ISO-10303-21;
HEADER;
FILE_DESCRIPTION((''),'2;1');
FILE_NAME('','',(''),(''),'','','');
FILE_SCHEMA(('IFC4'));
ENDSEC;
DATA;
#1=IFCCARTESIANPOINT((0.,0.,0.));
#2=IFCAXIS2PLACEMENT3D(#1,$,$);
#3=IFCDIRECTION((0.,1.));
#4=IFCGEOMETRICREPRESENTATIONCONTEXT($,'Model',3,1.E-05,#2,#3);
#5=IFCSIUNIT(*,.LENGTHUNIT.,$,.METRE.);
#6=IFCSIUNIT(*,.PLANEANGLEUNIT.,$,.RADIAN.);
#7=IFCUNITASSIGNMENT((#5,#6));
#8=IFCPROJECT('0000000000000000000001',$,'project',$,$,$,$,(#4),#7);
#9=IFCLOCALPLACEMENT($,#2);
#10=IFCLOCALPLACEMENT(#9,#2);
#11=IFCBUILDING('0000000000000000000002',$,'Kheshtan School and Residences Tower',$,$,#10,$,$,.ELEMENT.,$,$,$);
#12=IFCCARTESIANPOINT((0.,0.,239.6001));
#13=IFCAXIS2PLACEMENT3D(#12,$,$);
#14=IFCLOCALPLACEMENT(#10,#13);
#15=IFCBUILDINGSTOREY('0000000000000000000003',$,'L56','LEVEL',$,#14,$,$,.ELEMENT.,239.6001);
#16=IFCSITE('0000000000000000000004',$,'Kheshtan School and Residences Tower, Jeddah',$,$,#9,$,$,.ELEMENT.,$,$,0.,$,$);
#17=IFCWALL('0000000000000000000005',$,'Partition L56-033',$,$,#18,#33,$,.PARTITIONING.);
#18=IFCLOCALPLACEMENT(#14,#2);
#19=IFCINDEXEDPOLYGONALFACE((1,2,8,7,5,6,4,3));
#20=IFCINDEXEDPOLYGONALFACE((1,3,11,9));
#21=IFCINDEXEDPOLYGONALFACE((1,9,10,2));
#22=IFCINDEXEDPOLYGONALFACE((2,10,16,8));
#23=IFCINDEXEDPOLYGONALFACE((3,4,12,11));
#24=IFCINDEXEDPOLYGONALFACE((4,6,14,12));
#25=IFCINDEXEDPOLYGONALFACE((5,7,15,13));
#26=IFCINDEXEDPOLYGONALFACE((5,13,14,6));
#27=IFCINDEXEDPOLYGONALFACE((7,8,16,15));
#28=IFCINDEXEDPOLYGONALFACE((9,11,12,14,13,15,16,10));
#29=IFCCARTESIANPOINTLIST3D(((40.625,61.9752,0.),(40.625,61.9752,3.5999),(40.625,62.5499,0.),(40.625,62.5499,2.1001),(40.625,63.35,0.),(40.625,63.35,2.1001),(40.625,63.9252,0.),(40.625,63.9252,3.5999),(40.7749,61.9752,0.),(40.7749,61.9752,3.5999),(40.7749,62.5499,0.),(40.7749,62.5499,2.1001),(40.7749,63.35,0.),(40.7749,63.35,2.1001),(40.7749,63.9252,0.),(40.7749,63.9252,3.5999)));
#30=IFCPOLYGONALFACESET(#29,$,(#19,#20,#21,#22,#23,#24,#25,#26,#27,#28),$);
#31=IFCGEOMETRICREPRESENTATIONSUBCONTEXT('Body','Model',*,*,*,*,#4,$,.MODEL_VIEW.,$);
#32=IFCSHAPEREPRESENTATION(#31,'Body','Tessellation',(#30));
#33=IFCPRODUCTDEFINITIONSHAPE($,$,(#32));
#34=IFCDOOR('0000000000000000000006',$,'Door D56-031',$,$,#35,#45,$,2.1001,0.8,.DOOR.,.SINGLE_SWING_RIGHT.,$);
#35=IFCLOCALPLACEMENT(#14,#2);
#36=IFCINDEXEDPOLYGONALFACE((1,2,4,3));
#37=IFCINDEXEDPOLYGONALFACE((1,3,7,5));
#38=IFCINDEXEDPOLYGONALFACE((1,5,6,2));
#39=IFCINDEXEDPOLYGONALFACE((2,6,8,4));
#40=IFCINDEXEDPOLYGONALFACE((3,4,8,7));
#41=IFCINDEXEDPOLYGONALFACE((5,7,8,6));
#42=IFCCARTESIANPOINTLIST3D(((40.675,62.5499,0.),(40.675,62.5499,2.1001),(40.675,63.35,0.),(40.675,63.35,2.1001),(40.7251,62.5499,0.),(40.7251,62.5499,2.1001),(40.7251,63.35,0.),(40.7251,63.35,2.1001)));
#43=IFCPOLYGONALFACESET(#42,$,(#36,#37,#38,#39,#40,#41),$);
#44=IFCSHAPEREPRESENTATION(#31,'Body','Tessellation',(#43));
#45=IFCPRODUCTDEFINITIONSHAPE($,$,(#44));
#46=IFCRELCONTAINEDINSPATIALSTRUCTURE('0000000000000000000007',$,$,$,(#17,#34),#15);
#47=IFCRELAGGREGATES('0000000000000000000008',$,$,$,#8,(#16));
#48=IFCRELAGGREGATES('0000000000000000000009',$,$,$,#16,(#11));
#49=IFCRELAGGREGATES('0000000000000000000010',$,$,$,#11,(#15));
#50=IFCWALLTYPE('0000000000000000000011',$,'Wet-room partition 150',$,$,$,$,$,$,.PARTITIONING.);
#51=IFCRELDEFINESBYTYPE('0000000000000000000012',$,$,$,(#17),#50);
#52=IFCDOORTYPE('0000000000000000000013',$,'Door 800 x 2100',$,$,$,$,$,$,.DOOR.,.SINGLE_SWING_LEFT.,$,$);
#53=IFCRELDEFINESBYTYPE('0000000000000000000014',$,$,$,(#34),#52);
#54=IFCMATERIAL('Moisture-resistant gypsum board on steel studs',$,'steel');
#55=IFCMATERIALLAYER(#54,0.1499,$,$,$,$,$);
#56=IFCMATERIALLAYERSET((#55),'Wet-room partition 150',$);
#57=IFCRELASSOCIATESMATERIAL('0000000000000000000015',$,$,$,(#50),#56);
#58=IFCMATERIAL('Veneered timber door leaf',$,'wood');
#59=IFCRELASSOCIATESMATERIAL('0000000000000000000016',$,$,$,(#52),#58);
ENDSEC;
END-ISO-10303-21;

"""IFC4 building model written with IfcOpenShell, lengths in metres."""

from ifc_helpers import new_model, si_unit, direction, frame, frame_2d, origin, place, context, subcontext, project, spatial, rectangle, extrude, source, transform, mapped, material, layer, layer_set, type_object, element, fill, save


model = new_model("IFC4")

# Units and contexts
model_context = context("Model", 3, precision=1e-05, world=origin(), true_north=direction((0.0, 1.0)))
body_context = subcontext(model_context, "Body", "Model", "MODEL_VIEW")
ifc_project = project(units=[si_unit("LENGTHUNIT", "METRE"), si_unit("PLANEANGLEUNIT", "RADIAN")], contexts=[model_context])

# Site, building, storey
site_placement = place(None, origin())
site = spatial("IfcSite", under=ifc_project, at=site_placement, Name="Kheshtan School and Residences Tower, Jeddah", CompositionType="ELEMENT", RefElevation=0.0)
building_placement = place(site_placement, origin())
building = spatial("IfcBuilding", under=site, at=building_placement, Name="Kheshtan School and Residences Tower", CompositionType="ELEMENT")
storey_placement = place(building_placement, frame((0.0, 0.0, 239.6001)))
storey = spatial("IfcBuildingStorey", under=building, at=storey_placement, Name="L56", Description="LEVEL", CompositionType="ELEMENT", Elevation=239.6001)

# Shared definitions
ifc_material_1 = material(Name="Moisture-resistant gypsum board on steel studs", Category="steel")
ifc_layer_1 = layer(ifc_material_1, 0.1499)
ifc_layer_set_1 = layer_set([ifc_layer_1], Name="Wet-room partition 150")
wall_type_1 = type_object("IfcWallType", Name="Wet-room partition 150", PredefinedType="PARTITIONING", material=ifc_layer_set_1)

# Shared definitions
ifc_material_2 = material(Name="Veneered timber door leaf", Category="wood")
door_type_1 = type_object("IfcDoorType", Name="Door 800 x 2100", OperationType="SINGLE_SWING_LEFT", PredefinedType="DOOR", material=ifc_material_2)
shared_shape_1 = source(origin(), body_context, "Body", "SweptSolid", [
    extrude(rectangle(XDim=0.8, YDim=2.1001, at=frame_2d((0.3999, 1.05))), frame((0.0, 0.0249, 0.0), z_axis=(0.0, -1.0, 0.0), x_axis=(1.0, 0.0, 0.0)), (0.0, 0.0, 1.0), 0.05),
])

# Wall, opening, door
wall_1_placement = place(storey_placement, frame((40.7, 61.9751, 0.0), z_axis=(0.0, 0.0, 1.0), x_axis=(0.0, 1.0, 0.0)))
wall_1 = element("IfcWall", 1, at=wall_1_placement, inside=storey, type_object=wall_type_1, Name="Partition L56-033", PredefinedType="PARTITIONING", context=body_context, shape_type="SweptSolid", body=[
    extrude(rectangle(XDim=1.95, YDim=0.1499, at=frame_2d((0.9751, 0.0))), origin(), (0.0, 0.0, 1.0), 3.5999),
])
opening_1_placement = place(wall_1_placement, frame((0.575, 0.0, 0.0)))
opening_1 = element("IfcOpeningElement", 2, at=opening_1_placement, cuts=wall_1, PredefinedType="OPENING", context=body_context, shape_type="SweptSolid", body=[
    extrude(rectangle(XDim=0.8, YDim=2.1001, at=frame_2d((0.3999, 1.05))), frame((0.0, 0.085, 0.0), z_axis=(0.0, -1.0, 0.0), x_axis=(1.0, 0.0, 0.0)), (0.0, 0.0, 1.0), 0.1699),
])
door_1_placement = place(opening_1_placement, origin())
door_1 = element("IfcDoor", 3, at=door_1_placement, inside=storey, type_object=door_type_1, Name="Door D56-031", OperationType="SINGLE_SWING_RIGHT", OverallHeight=2.1001, OverallWidth=0.8, PredefinedType="DOOR", context=body_context, shape_type="MappedRepresentation", body=[
    mapped(shared_shape_1, transform((0.0, 0.0, 0.0), x_axis=(1.0, 0.0, 0.0), y_axis=(0.0, 1.0, 0.0), z_axis=(0.0, 0.0, 1.0), scale=1.0)),
])
fill(opening_1, door_1)

save(model, "model.ifc")
